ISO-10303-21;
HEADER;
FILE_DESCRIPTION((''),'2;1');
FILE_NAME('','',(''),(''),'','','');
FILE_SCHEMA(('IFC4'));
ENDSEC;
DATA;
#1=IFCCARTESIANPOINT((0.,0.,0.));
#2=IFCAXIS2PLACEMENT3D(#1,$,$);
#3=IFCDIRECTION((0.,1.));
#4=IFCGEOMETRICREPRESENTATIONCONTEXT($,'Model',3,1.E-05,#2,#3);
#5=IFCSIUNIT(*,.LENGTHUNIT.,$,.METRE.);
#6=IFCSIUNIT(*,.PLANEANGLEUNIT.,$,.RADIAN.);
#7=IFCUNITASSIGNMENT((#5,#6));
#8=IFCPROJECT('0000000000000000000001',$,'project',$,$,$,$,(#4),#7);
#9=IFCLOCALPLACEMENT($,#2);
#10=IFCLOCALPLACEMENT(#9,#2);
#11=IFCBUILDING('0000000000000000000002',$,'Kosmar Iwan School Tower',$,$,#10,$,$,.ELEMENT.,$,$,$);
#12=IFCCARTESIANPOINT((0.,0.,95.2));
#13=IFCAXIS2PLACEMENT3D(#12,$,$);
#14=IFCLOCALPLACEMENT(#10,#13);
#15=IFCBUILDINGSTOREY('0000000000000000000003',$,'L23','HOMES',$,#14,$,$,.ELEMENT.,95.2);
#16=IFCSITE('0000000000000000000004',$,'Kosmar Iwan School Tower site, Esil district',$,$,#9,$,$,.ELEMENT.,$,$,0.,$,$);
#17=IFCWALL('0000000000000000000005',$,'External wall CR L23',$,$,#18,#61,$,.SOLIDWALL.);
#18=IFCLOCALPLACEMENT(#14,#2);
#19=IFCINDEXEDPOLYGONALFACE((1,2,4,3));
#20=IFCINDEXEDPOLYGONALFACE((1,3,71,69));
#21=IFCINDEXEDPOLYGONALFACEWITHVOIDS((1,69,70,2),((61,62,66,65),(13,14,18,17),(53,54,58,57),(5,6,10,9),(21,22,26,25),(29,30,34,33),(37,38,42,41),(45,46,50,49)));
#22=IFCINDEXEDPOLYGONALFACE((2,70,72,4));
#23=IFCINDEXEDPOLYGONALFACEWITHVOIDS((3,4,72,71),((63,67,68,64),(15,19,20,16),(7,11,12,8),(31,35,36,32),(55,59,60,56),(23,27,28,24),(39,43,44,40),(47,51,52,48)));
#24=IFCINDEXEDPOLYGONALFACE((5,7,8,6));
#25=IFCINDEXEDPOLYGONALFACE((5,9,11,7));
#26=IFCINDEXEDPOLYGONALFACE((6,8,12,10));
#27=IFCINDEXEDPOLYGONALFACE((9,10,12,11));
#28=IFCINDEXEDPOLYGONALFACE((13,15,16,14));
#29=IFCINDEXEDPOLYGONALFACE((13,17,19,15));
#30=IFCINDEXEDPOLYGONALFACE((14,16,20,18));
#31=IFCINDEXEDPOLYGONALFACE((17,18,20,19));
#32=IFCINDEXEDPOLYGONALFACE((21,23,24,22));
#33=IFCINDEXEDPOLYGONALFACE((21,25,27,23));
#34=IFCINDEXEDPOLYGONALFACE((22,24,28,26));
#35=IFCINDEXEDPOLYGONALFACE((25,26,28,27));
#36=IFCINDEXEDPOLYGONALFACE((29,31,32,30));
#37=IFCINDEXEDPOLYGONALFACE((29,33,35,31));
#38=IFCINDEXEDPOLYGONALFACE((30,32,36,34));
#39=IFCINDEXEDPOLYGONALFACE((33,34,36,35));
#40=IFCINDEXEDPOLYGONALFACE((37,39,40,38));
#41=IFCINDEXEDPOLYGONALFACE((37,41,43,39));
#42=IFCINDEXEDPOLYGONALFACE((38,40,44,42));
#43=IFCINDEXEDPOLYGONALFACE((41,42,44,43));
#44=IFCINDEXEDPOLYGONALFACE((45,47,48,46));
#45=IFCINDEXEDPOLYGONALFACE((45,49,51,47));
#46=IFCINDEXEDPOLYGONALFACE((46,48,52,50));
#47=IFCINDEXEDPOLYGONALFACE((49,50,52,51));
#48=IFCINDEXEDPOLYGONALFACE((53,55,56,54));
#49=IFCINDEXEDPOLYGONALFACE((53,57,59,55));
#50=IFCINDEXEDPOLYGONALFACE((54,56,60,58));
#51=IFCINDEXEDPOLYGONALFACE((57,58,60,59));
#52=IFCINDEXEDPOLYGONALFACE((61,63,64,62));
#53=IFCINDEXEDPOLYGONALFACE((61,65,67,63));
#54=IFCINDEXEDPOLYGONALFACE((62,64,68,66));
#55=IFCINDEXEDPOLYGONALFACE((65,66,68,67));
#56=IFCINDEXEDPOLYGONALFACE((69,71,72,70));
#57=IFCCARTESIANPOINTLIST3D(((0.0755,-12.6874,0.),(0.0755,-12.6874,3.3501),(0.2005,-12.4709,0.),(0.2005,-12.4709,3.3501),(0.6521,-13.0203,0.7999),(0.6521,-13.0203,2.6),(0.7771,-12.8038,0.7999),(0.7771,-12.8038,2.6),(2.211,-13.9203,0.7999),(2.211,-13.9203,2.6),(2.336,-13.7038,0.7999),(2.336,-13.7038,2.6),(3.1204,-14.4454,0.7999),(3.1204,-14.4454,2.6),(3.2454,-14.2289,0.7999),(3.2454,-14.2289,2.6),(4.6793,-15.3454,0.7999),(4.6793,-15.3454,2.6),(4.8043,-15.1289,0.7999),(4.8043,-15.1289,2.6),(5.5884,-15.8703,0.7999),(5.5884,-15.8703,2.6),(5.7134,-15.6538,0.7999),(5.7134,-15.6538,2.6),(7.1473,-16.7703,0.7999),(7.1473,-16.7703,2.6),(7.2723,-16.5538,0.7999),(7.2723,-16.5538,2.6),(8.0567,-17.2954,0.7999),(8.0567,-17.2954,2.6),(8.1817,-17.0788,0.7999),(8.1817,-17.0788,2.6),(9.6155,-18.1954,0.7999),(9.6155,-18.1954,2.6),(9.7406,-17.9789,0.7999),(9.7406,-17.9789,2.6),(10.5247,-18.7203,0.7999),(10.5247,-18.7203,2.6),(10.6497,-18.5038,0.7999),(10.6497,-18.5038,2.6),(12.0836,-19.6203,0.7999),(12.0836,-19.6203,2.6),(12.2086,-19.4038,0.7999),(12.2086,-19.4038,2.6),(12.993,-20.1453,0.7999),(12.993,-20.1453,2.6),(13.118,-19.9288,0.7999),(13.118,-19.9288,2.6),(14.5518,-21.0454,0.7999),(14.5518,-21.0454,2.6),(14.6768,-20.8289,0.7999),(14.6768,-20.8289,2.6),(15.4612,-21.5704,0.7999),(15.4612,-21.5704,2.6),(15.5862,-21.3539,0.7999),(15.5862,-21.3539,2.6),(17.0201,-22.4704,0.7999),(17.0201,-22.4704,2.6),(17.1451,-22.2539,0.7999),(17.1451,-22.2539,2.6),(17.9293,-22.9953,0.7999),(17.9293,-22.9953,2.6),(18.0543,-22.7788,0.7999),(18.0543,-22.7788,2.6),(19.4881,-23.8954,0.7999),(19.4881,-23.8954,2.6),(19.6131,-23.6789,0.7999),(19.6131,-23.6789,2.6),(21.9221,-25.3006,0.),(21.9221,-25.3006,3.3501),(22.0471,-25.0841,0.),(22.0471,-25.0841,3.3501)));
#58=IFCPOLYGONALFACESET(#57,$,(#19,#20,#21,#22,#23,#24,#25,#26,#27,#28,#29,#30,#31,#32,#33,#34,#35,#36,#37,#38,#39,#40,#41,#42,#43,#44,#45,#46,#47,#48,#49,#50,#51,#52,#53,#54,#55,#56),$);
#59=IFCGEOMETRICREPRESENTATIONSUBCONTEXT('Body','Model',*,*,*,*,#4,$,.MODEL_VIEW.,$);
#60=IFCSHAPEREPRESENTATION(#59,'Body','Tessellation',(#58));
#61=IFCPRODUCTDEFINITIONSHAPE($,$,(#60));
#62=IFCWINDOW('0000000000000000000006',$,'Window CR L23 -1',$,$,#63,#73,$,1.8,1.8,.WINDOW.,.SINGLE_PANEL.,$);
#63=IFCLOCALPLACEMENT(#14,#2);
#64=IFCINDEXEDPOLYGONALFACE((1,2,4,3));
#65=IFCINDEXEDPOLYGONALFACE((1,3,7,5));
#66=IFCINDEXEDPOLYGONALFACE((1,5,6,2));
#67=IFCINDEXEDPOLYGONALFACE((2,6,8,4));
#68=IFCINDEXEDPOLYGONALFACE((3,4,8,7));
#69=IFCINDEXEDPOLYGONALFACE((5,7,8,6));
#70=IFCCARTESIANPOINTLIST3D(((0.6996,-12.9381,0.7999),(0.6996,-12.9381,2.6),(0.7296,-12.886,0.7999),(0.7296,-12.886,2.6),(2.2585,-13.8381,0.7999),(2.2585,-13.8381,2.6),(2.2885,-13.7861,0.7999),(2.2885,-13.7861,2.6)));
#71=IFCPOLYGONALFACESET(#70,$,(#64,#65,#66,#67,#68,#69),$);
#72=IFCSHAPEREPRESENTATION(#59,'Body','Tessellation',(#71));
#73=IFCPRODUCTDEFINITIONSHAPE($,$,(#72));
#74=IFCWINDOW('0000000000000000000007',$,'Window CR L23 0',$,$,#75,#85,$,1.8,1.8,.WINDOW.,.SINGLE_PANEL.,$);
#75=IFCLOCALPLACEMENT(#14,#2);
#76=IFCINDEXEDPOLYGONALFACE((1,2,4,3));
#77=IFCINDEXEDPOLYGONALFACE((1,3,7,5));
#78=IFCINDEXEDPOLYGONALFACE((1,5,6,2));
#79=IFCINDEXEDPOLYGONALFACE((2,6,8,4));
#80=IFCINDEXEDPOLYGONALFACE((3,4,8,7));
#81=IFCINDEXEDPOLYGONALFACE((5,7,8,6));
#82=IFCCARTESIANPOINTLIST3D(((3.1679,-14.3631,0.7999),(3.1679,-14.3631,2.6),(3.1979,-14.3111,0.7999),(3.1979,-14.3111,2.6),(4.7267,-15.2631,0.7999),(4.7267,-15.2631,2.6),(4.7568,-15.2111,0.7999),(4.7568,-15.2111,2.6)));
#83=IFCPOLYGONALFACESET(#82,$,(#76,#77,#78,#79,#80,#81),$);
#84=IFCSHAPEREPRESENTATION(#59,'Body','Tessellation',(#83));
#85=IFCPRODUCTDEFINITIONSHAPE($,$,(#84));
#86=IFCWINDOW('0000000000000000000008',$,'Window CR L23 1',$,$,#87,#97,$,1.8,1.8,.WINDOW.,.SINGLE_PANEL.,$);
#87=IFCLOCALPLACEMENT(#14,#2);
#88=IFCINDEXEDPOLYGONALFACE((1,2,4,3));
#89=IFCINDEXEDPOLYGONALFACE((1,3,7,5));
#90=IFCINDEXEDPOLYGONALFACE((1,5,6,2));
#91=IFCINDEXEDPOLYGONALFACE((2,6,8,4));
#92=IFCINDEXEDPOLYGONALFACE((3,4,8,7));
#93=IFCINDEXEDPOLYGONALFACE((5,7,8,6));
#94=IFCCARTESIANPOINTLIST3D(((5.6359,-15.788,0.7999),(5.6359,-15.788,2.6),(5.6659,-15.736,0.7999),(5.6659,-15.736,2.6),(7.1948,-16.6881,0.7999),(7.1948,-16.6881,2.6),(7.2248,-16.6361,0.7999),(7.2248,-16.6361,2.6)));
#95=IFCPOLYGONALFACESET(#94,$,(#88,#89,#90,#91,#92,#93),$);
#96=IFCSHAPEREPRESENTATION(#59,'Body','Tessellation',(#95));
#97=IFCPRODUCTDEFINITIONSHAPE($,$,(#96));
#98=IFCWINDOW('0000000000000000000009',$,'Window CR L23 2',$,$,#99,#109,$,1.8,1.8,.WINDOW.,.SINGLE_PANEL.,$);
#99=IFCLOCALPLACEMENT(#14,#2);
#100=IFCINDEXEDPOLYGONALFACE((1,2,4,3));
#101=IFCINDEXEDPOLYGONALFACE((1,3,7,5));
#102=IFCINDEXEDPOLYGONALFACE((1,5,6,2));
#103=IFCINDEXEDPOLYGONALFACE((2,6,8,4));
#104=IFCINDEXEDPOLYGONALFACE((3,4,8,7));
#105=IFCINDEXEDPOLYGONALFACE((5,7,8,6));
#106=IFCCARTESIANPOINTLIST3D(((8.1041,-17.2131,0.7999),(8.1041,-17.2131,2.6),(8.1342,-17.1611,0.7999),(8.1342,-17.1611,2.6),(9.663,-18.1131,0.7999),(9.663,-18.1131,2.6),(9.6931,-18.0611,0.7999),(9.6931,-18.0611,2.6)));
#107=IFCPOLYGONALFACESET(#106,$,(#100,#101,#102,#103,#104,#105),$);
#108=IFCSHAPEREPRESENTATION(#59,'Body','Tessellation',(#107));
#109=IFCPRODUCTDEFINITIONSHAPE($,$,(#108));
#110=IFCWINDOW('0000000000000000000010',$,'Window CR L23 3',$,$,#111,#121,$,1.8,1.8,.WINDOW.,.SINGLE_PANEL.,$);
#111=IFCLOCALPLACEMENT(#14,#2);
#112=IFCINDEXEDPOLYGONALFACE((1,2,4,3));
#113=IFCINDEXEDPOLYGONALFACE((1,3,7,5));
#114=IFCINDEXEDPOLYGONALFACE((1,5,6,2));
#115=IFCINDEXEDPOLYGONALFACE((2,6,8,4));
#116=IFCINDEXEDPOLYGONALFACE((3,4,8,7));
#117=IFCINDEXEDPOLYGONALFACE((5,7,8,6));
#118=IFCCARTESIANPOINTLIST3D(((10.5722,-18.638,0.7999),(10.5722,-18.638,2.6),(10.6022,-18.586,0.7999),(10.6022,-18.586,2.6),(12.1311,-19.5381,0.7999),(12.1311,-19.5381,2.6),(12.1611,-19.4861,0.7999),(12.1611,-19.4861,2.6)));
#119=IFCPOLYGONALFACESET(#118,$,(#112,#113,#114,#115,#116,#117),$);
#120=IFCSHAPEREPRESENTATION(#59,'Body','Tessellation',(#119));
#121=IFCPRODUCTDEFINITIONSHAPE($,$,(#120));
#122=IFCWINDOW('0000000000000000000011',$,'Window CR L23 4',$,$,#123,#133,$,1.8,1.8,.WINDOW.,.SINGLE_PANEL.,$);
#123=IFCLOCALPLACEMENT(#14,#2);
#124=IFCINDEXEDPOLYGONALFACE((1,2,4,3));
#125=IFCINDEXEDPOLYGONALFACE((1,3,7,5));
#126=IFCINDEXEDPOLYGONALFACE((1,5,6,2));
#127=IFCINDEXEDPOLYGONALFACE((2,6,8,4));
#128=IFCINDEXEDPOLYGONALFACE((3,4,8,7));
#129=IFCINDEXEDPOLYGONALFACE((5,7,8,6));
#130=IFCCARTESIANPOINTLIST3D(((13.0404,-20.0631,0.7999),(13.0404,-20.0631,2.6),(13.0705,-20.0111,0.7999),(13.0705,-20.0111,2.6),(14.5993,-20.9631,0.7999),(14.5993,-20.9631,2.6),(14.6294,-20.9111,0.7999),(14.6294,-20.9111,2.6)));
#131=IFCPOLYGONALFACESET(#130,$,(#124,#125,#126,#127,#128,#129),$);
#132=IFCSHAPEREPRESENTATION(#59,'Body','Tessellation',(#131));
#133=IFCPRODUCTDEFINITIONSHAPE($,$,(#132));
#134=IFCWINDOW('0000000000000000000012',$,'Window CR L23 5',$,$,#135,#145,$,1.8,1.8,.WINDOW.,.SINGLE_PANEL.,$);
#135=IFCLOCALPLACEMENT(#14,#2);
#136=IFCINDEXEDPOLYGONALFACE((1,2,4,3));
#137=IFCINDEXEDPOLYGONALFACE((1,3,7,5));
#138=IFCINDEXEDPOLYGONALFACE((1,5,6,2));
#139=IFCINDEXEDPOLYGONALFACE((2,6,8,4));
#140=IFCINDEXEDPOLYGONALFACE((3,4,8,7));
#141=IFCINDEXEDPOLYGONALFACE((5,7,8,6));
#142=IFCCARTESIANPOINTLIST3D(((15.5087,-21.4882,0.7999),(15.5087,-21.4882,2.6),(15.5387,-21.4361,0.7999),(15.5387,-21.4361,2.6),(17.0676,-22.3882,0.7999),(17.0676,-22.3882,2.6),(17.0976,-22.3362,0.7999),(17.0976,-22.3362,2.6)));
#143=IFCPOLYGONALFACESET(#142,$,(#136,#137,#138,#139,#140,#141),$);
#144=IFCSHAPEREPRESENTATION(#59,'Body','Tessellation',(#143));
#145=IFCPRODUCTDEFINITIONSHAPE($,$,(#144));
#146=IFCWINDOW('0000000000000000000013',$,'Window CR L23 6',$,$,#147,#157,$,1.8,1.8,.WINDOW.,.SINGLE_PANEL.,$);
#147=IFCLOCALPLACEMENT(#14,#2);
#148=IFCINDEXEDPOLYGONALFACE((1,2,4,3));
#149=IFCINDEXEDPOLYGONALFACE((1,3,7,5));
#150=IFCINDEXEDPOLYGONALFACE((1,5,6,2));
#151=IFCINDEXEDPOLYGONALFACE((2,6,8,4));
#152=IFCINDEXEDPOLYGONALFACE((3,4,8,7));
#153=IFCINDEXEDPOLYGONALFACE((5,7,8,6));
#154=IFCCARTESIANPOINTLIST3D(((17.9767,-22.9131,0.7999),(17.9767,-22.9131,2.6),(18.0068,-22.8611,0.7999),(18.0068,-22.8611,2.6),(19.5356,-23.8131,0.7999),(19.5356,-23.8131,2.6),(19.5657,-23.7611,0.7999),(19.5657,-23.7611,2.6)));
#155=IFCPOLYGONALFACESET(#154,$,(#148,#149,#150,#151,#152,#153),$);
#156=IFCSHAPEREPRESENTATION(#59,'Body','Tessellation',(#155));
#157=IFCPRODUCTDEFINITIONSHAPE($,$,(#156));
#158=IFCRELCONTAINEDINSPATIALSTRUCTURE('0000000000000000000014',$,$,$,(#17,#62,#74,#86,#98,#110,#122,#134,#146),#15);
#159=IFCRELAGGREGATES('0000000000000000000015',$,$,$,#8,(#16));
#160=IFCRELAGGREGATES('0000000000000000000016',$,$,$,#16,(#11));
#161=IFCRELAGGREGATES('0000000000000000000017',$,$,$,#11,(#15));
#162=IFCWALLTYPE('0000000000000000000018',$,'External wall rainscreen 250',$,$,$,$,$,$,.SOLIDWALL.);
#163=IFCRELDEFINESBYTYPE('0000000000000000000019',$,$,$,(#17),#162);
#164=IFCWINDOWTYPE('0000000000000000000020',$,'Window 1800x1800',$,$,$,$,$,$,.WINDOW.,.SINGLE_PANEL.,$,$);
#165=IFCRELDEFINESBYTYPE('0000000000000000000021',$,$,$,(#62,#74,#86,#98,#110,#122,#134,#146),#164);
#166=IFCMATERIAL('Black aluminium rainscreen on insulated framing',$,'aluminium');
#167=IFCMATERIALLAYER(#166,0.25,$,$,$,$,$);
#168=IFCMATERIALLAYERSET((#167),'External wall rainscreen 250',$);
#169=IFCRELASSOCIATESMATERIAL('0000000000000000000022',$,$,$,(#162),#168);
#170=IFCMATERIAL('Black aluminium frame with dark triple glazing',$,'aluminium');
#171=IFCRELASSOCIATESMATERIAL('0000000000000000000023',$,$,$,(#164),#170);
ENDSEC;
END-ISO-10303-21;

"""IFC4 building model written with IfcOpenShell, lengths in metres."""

from ifc_helpers import new_model, si_unit, direction, frame, frame_2d, origin, place, context, subcontext, project, spatial, rectangle, extrude, material, layer, layer_set, type_object, element, fill, save


model = new_model("IFC4")

# Units and contexts
model_context = context("Model", 3, precision=1e-05, world=origin(), true_north=direction((0.0, 1.0)))
body_context = subcontext(model_context, "Body", "Model", "MODEL_VIEW")
ifc_project = project(units=[si_unit("LENGTHUNIT", "METRE"), si_unit("PLANEANGLEUNIT", "RADIAN")], contexts=[model_context])

# Site, building, storey
site_placement = place(None, origin())
site = spatial("IfcSite", under=ifc_project, at=site_placement, Name="Kosmar Iwan School Tower site, Esil district", CompositionType="ELEMENT", RefElevation=0.0)
building_placement = place(site_placement, origin())
building = spatial("IfcBuilding", under=site, at=building_placement, Name="Kosmar Iwan School Tower", CompositionType="ELEMENT")
storey_placement = place(building_placement, frame((0.0, 0.0, 95.2)))
storey = spatial("IfcBuildingStorey", under=building, at=storey_placement, Name="L23", Description="HOMES", CompositionType="ELEMENT", Elevation=95.2)

# Wall, openings, windows
ifc_material_1 = material(Name="Black aluminium rainscreen on insulated framing", Category="aluminium")
ifc_layer_1 = layer(ifc_material_1, 0.25)
ifc_layer_set_1 = layer_set([ifc_layer_1], Name="External wall rainscreen 250")
wall_type_1 = type_object("IfcWallType", Name="External wall rainscreen 250", PredefinedType="SOLIDWALL", material=ifc_layer_set_1)
ifc_material_2 = material(Name="Black aluminium frame with dark triple glazing", Category="aluminium")
window_type = type_object("IfcWindowType", Name="Window 1800x1800", PartitioningType="SINGLE_PANEL", PredefinedType="WINDOW", material=ifc_material_2)
wall_1_placement = place(storey_placement, frame((0.1379, -12.5791, 0.0), z_axis=(0.0, 0.0, 1.0), x_axis=(0.866024, -0.500003, 0.0)))
wall_1 = element("IfcWall", 1, at=wall_1_placement, inside=storey, type_object=wall_type_1, Name="External wall CR L23", PredefinedType="SOLIDWALL", context=body_context, shape_type="SweptSolid", body=[
    extrude(rectangle(XDim=25.2263, YDim=0.25, at=frame_2d((12.6133, 0.0))), origin(), (0.0, 0.0, 1.0), 3.3501),
])
opening_1_placement = place(wall_1_placement, frame((0.666, 0.0, 0.8)))
opening_1 = element("IfcOpeningElement", 2, at=opening_1_placement, cuts=wall_1, PredefinedType="OPENING", context=body_context, shape_type="SweptSolid", body=[
    extrude(rectangle(XDim=1.8, YDim=1.8, at=frame_2d((0.8999, 0.8999))), frame((0.0, 0.137, 0.0), z_axis=(0.0, -1.0, 0.0), x_axis=(1.0, 0.0, 0.0)), (0.0, 0.0, 1.0), 0.2739),
])
opening_2_placement = place(wall_1_placement, frame((3.5161, 0.0, 0.8)))
opening_2 = element("IfcOpeningElement", 3, at=opening_2_placement, cuts=wall_1, PredefinedType="OPENING", context=body_context, shape_type="SweptSolid", body=[
    extrude(rectangle(XDim=1.8, YDim=1.8, at=frame_2d((0.8999, 0.8999))), frame((0.0, 0.137, 0.0), z_axis=(0.0, -1.0, 0.0), x_axis=(1.0, 0.0, 0.0)), (0.0, 0.0, 1.0), 0.2739),
])
opening_3_placement = place(wall_1_placement, frame((6.366, 0.0, 0.8)))
opening_3 = element("IfcOpeningElement", 4, at=opening_3_placement, cuts=wall_1, PredefinedType="OPENING", context=body_context, shape_type="SweptSolid", body=[
    extrude(rectangle(XDim=1.8, YDim=1.8, at=frame_2d((0.8999, 0.8999))), frame((0.0, 0.137, 0.0), z_axis=(0.0, -1.0, 0.0), x_axis=(1.0, 0.0, 0.0)), (0.0, 0.0, 1.0), 0.2739),
])
opening_4_placement = place(wall_1_placement, frame((9.2161, 0.0, 0.8)))
opening_4 = element("IfcOpeningElement", 5, at=opening_4_placement, cuts=wall_1, PredefinedType="OPENING", context=body_context, shape_type="SweptSolid", body=[
    extrude(rectangle(XDim=1.8, YDim=1.8, at=frame_2d((0.8999, 0.8999))), frame((0.0, 0.137, 0.0), z_axis=(0.0, -1.0, 0.0), x_axis=(1.0, 0.0, 0.0)), (0.0, 0.0, 1.0), 0.2739),
])
opening_5_placement = place(wall_1_placement, frame((12.0659, 0.0, 0.8)))
opening_5 = element("IfcOpeningElement", 6, at=opening_5_placement, cuts=wall_1, PredefinedType="OPENING", context=body_context, shape_type="SweptSolid", body=[
    extrude(rectangle(XDim=1.8, YDim=1.8, at=frame_2d((0.8999, 0.8999))), frame((0.0, 0.137, 0.0), z_axis=(0.0, -1.0, 0.0), x_axis=(1.0, 0.0, 0.0)), (0.0, 0.0, 1.0), 0.2739),
])
opening_6_placement = place(wall_1_placement, frame((14.916, 0.0, 0.8)))
opening_6 = element("IfcOpeningElement", 7, at=opening_6_placement, cuts=wall_1, PredefinedType="OPENING", context=body_context, shape_type="SweptSolid", body=[
    extrude(rectangle(XDim=1.8, YDim=1.8, at=frame_2d((0.8999, 0.8999))), frame((0.0, 0.137, 0.0), z_axis=(0.0, -1.0, 0.0), x_axis=(1.0, 0.0, 0.0)), (0.0, 0.0, 1.0), 0.2739),
])
opening_7_placement = place(wall_1_placement, frame((17.7661, 0.0, 0.8)))
opening_7 = element("IfcOpeningElement", 8, at=opening_7_placement, cuts=wall_1, PredefinedType="OPENING", context=body_context, shape_type="SweptSolid", body=[
    extrude(rectangle(XDim=1.8, YDim=1.8, at=frame_2d((0.8999, 0.8999))), frame((0.0, 0.137, 0.0), z_axis=(0.0, -1.0, 0.0), x_axis=(1.0, 0.0, 0.0)), (0.0, 0.0, 1.0), 0.2739),
])
opening_8_placement = place(wall_1_placement, frame((20.616, 0.0, 0.8)))
opening_8 = element("IfcOpeningElement", 9, at=opening_8_placement, cuts=wall_1, PredefinedType="OPENING", context=body_context, shape_type="SweptSolid", body=[
    extrude(rectangle(XDim=1.8, YDim=1.8, at=frame_2d((0.8999, 0.8999))), frame((0.0, 0.137, 0.0), z_axis=(0.0, -1.0, 0.0), x_axis=(1.0, 0.0, 0.0)), (0.0, 0.0, 1.0), 0.2739),
])
window_1_placement = place(opening_1_placement, origin())
window_1 = element("IfcWindow", 10, at=window_1_placement, inside=storey, type_object=window_type, Name="Window CR L23 -1", OverallHeight=1.8, OverallWidth=1.8, PartitioningType="SINGLE_PANEL", PredefinedType="WINDOW", context=body_context, shape_type="SweptSolid", body=[
    extrude(rectangle(XDim=1.8, YDim=1.8, at=frame_2d((0.8999, 0.8999))), frame((0.0, 0.03, 0.0), z_axis=(0.0, -1.0, 0.0), x_axis=(1.0, 0.0, 0.0)), (0.0, 0.0, 1.0), 0.0601),
])
fill(opening_1, window_1)
window_2_placement = place(opening_2_placement, origin())
window_2 = element("IfcWindow", 11, at=window_2_placement, inside=storey, type_object=window_type, Name="Window CR L23 0", OverallHeight=1.8, OverallWidth=1.8, PartitioningType="SINGLE_PANEL", PredefinedType="WINDOW", context=body_context, shape_type="SweptSolid", body=[
    extrude(rectangle(XDim=1.8, YDim=1.8, at=frame_2d((0.8999, 0.8999))), frame((0.0, 0.03, 0.0), z_axis=(0.0, -1.0, 0.0), x_axis=(1.0, 0.0, 0.0)), (0.0, 0.0, 1.0), 0.0601),
])
fill(opening_2, window_2)
window_3_placement = place(opening_3_placement, origin())
window_3 = element("IfcWindow", 12, at=window_3_placement, inside=storey, type_object=window_type, Name="Window CR L23 1", OverallHeight=1.8, OverallWidth=1.8, PartitioningType="SINGLE_PANEL", PredefinedType="WINDOW", context=body_context, shape_type="SweptSolid", body=[
    extrude(rectangle(XDim=1.8, YDim=1.8, at=frame_2d((0.8999, 0.8999))), frame((0.0, 0.03, 0.0), z_axis=(0.0, -1.0, 0.0), x_axis=(1.0, 0.0, 0.0)), (0.0, 0.0, 1.0), 0.0601),
])
fill(opening_3, window_3)
window_4_placement = place(opening_4_placement, origin())
window_4 = element("IfcWindow", 13, at=window_4_placement, inside=storey, type_object=window_type, Name="Window CR L23 2", OverallHeight=1.8, OverallWidth=1.8, PartitioningType="SINGLE_PANEL", PredefinedType="WINDOW", context=body_context, shape_type="SweptSolid", body=[
    extrude(rectangle(XDim=1.8, YDim=1.8, at=frame_2d((0.8999, 0.8999))), frame((0.0, 0.03, 0.0), z_axis=(0.0, -1.0, 0.0), x_axis=(1.0, 0.0, 0.0)), (0.0, 0.0, 1.0), 0.0601),
])
fill(opening_4, window_4)
window_5_placement = place(opening_5_placement, origin())
window_5 = element("IfcWindow", 14, at=window_5_placement, inside=storey, type_object=window_type, Name="Window CR L23 3", OverallHeight=1.8, OverallWidth=1.8, PartitioningType="SINGLE_PANEL", PredefinedType="WINDOW", context=body_context, shape_type="SweptSolid", body=[
    extrude(rectangle(XDim=1.8, YDim=1.8, at=frame_2d((0.8999, 0.8999))), frame((0.0, 0.03, 0.0), z_axis=(0.0, -1.0, 0.0), x_axis=(1.0, 0.0, 0.0)), (0.0, 0.0, 1.0), 0.0601),
])
fill(opening_5, window_5)
window_6_placement = place(opening_6_placement, origin())
window_6 = element("IfcWindow", 15, at=window_6_placement, inside=storey, type_object=window_type, Name="Window CR L23 4", OverallHeight=1.8, OverallWidth=1.8, PartitioningType="SINGLE_PANEL", PredefinedType="WINDOW", context=body_context, shape_type="SweptSolid", body=[
    extrude(rectangle(XDim=1.8, YDim=1.8, at=frame_2d((0.8999, 0.8999))), frame((0.0, 0.03, 0.0), z_axis=(0.0, -1.0, 0.0), x_axis=(1.0, 0.0, 0.0)), (0.0, 0.0, 1.0), 0.0601),
])
fill(opening_6, window_6)
window_7_placement = place(opening_7_placement, origin())
window_7 = element("IfcWindow", 16, at=window_7_placement, inside=storey, type_object=window_type, Name="Window CR L23 5", OverallHeight=1.8, OverallWidth=1.8, PartitioningType="SINGLE_PANEL", PredefinedType="WINDOW", context=body_context, shape_type="SweptSolid", body=[
    extrude(rectangle(XDim=1.8, YDim=1.8, at=frame_2d((0.8999, 0.8999))), frame((0.0, 0.03, 0.0), z_axis=(0.0, -1.0, 0.0), x_axis=(1.0, 0.0, 0.0)), (0.0, 0.0, 1.0), 0.0601),
])
fill(opening_7, window_7)
window_8_placement = place(opening_8_placement, origin())
window_8 = element("IfcWindow", 17, at=window_8_placement, inside=storey, type_object=window_type, Name="Window CR L23 6", OverallHeight=1.8, OverallWidth=1.8, PartitioningType="SINGLE_PANEL", PredefinedType="WINDOW", context=body_context, shape_type="SweptSolid", body=[
    extrude(rectangle(XDim=1.8, YDim=1.8, at=frame_2d((0.8999, 0.8999))), frame((0.0, 0.03, 0.0), z_axis=(0.0, -1.0, 0.0), x_axis=(1.0, 0.0, 0.0)), (0.0, 0.0, 1.0), 0.0601),
])
fill(opening_8, window_8)

save(model, "model.ifc")
